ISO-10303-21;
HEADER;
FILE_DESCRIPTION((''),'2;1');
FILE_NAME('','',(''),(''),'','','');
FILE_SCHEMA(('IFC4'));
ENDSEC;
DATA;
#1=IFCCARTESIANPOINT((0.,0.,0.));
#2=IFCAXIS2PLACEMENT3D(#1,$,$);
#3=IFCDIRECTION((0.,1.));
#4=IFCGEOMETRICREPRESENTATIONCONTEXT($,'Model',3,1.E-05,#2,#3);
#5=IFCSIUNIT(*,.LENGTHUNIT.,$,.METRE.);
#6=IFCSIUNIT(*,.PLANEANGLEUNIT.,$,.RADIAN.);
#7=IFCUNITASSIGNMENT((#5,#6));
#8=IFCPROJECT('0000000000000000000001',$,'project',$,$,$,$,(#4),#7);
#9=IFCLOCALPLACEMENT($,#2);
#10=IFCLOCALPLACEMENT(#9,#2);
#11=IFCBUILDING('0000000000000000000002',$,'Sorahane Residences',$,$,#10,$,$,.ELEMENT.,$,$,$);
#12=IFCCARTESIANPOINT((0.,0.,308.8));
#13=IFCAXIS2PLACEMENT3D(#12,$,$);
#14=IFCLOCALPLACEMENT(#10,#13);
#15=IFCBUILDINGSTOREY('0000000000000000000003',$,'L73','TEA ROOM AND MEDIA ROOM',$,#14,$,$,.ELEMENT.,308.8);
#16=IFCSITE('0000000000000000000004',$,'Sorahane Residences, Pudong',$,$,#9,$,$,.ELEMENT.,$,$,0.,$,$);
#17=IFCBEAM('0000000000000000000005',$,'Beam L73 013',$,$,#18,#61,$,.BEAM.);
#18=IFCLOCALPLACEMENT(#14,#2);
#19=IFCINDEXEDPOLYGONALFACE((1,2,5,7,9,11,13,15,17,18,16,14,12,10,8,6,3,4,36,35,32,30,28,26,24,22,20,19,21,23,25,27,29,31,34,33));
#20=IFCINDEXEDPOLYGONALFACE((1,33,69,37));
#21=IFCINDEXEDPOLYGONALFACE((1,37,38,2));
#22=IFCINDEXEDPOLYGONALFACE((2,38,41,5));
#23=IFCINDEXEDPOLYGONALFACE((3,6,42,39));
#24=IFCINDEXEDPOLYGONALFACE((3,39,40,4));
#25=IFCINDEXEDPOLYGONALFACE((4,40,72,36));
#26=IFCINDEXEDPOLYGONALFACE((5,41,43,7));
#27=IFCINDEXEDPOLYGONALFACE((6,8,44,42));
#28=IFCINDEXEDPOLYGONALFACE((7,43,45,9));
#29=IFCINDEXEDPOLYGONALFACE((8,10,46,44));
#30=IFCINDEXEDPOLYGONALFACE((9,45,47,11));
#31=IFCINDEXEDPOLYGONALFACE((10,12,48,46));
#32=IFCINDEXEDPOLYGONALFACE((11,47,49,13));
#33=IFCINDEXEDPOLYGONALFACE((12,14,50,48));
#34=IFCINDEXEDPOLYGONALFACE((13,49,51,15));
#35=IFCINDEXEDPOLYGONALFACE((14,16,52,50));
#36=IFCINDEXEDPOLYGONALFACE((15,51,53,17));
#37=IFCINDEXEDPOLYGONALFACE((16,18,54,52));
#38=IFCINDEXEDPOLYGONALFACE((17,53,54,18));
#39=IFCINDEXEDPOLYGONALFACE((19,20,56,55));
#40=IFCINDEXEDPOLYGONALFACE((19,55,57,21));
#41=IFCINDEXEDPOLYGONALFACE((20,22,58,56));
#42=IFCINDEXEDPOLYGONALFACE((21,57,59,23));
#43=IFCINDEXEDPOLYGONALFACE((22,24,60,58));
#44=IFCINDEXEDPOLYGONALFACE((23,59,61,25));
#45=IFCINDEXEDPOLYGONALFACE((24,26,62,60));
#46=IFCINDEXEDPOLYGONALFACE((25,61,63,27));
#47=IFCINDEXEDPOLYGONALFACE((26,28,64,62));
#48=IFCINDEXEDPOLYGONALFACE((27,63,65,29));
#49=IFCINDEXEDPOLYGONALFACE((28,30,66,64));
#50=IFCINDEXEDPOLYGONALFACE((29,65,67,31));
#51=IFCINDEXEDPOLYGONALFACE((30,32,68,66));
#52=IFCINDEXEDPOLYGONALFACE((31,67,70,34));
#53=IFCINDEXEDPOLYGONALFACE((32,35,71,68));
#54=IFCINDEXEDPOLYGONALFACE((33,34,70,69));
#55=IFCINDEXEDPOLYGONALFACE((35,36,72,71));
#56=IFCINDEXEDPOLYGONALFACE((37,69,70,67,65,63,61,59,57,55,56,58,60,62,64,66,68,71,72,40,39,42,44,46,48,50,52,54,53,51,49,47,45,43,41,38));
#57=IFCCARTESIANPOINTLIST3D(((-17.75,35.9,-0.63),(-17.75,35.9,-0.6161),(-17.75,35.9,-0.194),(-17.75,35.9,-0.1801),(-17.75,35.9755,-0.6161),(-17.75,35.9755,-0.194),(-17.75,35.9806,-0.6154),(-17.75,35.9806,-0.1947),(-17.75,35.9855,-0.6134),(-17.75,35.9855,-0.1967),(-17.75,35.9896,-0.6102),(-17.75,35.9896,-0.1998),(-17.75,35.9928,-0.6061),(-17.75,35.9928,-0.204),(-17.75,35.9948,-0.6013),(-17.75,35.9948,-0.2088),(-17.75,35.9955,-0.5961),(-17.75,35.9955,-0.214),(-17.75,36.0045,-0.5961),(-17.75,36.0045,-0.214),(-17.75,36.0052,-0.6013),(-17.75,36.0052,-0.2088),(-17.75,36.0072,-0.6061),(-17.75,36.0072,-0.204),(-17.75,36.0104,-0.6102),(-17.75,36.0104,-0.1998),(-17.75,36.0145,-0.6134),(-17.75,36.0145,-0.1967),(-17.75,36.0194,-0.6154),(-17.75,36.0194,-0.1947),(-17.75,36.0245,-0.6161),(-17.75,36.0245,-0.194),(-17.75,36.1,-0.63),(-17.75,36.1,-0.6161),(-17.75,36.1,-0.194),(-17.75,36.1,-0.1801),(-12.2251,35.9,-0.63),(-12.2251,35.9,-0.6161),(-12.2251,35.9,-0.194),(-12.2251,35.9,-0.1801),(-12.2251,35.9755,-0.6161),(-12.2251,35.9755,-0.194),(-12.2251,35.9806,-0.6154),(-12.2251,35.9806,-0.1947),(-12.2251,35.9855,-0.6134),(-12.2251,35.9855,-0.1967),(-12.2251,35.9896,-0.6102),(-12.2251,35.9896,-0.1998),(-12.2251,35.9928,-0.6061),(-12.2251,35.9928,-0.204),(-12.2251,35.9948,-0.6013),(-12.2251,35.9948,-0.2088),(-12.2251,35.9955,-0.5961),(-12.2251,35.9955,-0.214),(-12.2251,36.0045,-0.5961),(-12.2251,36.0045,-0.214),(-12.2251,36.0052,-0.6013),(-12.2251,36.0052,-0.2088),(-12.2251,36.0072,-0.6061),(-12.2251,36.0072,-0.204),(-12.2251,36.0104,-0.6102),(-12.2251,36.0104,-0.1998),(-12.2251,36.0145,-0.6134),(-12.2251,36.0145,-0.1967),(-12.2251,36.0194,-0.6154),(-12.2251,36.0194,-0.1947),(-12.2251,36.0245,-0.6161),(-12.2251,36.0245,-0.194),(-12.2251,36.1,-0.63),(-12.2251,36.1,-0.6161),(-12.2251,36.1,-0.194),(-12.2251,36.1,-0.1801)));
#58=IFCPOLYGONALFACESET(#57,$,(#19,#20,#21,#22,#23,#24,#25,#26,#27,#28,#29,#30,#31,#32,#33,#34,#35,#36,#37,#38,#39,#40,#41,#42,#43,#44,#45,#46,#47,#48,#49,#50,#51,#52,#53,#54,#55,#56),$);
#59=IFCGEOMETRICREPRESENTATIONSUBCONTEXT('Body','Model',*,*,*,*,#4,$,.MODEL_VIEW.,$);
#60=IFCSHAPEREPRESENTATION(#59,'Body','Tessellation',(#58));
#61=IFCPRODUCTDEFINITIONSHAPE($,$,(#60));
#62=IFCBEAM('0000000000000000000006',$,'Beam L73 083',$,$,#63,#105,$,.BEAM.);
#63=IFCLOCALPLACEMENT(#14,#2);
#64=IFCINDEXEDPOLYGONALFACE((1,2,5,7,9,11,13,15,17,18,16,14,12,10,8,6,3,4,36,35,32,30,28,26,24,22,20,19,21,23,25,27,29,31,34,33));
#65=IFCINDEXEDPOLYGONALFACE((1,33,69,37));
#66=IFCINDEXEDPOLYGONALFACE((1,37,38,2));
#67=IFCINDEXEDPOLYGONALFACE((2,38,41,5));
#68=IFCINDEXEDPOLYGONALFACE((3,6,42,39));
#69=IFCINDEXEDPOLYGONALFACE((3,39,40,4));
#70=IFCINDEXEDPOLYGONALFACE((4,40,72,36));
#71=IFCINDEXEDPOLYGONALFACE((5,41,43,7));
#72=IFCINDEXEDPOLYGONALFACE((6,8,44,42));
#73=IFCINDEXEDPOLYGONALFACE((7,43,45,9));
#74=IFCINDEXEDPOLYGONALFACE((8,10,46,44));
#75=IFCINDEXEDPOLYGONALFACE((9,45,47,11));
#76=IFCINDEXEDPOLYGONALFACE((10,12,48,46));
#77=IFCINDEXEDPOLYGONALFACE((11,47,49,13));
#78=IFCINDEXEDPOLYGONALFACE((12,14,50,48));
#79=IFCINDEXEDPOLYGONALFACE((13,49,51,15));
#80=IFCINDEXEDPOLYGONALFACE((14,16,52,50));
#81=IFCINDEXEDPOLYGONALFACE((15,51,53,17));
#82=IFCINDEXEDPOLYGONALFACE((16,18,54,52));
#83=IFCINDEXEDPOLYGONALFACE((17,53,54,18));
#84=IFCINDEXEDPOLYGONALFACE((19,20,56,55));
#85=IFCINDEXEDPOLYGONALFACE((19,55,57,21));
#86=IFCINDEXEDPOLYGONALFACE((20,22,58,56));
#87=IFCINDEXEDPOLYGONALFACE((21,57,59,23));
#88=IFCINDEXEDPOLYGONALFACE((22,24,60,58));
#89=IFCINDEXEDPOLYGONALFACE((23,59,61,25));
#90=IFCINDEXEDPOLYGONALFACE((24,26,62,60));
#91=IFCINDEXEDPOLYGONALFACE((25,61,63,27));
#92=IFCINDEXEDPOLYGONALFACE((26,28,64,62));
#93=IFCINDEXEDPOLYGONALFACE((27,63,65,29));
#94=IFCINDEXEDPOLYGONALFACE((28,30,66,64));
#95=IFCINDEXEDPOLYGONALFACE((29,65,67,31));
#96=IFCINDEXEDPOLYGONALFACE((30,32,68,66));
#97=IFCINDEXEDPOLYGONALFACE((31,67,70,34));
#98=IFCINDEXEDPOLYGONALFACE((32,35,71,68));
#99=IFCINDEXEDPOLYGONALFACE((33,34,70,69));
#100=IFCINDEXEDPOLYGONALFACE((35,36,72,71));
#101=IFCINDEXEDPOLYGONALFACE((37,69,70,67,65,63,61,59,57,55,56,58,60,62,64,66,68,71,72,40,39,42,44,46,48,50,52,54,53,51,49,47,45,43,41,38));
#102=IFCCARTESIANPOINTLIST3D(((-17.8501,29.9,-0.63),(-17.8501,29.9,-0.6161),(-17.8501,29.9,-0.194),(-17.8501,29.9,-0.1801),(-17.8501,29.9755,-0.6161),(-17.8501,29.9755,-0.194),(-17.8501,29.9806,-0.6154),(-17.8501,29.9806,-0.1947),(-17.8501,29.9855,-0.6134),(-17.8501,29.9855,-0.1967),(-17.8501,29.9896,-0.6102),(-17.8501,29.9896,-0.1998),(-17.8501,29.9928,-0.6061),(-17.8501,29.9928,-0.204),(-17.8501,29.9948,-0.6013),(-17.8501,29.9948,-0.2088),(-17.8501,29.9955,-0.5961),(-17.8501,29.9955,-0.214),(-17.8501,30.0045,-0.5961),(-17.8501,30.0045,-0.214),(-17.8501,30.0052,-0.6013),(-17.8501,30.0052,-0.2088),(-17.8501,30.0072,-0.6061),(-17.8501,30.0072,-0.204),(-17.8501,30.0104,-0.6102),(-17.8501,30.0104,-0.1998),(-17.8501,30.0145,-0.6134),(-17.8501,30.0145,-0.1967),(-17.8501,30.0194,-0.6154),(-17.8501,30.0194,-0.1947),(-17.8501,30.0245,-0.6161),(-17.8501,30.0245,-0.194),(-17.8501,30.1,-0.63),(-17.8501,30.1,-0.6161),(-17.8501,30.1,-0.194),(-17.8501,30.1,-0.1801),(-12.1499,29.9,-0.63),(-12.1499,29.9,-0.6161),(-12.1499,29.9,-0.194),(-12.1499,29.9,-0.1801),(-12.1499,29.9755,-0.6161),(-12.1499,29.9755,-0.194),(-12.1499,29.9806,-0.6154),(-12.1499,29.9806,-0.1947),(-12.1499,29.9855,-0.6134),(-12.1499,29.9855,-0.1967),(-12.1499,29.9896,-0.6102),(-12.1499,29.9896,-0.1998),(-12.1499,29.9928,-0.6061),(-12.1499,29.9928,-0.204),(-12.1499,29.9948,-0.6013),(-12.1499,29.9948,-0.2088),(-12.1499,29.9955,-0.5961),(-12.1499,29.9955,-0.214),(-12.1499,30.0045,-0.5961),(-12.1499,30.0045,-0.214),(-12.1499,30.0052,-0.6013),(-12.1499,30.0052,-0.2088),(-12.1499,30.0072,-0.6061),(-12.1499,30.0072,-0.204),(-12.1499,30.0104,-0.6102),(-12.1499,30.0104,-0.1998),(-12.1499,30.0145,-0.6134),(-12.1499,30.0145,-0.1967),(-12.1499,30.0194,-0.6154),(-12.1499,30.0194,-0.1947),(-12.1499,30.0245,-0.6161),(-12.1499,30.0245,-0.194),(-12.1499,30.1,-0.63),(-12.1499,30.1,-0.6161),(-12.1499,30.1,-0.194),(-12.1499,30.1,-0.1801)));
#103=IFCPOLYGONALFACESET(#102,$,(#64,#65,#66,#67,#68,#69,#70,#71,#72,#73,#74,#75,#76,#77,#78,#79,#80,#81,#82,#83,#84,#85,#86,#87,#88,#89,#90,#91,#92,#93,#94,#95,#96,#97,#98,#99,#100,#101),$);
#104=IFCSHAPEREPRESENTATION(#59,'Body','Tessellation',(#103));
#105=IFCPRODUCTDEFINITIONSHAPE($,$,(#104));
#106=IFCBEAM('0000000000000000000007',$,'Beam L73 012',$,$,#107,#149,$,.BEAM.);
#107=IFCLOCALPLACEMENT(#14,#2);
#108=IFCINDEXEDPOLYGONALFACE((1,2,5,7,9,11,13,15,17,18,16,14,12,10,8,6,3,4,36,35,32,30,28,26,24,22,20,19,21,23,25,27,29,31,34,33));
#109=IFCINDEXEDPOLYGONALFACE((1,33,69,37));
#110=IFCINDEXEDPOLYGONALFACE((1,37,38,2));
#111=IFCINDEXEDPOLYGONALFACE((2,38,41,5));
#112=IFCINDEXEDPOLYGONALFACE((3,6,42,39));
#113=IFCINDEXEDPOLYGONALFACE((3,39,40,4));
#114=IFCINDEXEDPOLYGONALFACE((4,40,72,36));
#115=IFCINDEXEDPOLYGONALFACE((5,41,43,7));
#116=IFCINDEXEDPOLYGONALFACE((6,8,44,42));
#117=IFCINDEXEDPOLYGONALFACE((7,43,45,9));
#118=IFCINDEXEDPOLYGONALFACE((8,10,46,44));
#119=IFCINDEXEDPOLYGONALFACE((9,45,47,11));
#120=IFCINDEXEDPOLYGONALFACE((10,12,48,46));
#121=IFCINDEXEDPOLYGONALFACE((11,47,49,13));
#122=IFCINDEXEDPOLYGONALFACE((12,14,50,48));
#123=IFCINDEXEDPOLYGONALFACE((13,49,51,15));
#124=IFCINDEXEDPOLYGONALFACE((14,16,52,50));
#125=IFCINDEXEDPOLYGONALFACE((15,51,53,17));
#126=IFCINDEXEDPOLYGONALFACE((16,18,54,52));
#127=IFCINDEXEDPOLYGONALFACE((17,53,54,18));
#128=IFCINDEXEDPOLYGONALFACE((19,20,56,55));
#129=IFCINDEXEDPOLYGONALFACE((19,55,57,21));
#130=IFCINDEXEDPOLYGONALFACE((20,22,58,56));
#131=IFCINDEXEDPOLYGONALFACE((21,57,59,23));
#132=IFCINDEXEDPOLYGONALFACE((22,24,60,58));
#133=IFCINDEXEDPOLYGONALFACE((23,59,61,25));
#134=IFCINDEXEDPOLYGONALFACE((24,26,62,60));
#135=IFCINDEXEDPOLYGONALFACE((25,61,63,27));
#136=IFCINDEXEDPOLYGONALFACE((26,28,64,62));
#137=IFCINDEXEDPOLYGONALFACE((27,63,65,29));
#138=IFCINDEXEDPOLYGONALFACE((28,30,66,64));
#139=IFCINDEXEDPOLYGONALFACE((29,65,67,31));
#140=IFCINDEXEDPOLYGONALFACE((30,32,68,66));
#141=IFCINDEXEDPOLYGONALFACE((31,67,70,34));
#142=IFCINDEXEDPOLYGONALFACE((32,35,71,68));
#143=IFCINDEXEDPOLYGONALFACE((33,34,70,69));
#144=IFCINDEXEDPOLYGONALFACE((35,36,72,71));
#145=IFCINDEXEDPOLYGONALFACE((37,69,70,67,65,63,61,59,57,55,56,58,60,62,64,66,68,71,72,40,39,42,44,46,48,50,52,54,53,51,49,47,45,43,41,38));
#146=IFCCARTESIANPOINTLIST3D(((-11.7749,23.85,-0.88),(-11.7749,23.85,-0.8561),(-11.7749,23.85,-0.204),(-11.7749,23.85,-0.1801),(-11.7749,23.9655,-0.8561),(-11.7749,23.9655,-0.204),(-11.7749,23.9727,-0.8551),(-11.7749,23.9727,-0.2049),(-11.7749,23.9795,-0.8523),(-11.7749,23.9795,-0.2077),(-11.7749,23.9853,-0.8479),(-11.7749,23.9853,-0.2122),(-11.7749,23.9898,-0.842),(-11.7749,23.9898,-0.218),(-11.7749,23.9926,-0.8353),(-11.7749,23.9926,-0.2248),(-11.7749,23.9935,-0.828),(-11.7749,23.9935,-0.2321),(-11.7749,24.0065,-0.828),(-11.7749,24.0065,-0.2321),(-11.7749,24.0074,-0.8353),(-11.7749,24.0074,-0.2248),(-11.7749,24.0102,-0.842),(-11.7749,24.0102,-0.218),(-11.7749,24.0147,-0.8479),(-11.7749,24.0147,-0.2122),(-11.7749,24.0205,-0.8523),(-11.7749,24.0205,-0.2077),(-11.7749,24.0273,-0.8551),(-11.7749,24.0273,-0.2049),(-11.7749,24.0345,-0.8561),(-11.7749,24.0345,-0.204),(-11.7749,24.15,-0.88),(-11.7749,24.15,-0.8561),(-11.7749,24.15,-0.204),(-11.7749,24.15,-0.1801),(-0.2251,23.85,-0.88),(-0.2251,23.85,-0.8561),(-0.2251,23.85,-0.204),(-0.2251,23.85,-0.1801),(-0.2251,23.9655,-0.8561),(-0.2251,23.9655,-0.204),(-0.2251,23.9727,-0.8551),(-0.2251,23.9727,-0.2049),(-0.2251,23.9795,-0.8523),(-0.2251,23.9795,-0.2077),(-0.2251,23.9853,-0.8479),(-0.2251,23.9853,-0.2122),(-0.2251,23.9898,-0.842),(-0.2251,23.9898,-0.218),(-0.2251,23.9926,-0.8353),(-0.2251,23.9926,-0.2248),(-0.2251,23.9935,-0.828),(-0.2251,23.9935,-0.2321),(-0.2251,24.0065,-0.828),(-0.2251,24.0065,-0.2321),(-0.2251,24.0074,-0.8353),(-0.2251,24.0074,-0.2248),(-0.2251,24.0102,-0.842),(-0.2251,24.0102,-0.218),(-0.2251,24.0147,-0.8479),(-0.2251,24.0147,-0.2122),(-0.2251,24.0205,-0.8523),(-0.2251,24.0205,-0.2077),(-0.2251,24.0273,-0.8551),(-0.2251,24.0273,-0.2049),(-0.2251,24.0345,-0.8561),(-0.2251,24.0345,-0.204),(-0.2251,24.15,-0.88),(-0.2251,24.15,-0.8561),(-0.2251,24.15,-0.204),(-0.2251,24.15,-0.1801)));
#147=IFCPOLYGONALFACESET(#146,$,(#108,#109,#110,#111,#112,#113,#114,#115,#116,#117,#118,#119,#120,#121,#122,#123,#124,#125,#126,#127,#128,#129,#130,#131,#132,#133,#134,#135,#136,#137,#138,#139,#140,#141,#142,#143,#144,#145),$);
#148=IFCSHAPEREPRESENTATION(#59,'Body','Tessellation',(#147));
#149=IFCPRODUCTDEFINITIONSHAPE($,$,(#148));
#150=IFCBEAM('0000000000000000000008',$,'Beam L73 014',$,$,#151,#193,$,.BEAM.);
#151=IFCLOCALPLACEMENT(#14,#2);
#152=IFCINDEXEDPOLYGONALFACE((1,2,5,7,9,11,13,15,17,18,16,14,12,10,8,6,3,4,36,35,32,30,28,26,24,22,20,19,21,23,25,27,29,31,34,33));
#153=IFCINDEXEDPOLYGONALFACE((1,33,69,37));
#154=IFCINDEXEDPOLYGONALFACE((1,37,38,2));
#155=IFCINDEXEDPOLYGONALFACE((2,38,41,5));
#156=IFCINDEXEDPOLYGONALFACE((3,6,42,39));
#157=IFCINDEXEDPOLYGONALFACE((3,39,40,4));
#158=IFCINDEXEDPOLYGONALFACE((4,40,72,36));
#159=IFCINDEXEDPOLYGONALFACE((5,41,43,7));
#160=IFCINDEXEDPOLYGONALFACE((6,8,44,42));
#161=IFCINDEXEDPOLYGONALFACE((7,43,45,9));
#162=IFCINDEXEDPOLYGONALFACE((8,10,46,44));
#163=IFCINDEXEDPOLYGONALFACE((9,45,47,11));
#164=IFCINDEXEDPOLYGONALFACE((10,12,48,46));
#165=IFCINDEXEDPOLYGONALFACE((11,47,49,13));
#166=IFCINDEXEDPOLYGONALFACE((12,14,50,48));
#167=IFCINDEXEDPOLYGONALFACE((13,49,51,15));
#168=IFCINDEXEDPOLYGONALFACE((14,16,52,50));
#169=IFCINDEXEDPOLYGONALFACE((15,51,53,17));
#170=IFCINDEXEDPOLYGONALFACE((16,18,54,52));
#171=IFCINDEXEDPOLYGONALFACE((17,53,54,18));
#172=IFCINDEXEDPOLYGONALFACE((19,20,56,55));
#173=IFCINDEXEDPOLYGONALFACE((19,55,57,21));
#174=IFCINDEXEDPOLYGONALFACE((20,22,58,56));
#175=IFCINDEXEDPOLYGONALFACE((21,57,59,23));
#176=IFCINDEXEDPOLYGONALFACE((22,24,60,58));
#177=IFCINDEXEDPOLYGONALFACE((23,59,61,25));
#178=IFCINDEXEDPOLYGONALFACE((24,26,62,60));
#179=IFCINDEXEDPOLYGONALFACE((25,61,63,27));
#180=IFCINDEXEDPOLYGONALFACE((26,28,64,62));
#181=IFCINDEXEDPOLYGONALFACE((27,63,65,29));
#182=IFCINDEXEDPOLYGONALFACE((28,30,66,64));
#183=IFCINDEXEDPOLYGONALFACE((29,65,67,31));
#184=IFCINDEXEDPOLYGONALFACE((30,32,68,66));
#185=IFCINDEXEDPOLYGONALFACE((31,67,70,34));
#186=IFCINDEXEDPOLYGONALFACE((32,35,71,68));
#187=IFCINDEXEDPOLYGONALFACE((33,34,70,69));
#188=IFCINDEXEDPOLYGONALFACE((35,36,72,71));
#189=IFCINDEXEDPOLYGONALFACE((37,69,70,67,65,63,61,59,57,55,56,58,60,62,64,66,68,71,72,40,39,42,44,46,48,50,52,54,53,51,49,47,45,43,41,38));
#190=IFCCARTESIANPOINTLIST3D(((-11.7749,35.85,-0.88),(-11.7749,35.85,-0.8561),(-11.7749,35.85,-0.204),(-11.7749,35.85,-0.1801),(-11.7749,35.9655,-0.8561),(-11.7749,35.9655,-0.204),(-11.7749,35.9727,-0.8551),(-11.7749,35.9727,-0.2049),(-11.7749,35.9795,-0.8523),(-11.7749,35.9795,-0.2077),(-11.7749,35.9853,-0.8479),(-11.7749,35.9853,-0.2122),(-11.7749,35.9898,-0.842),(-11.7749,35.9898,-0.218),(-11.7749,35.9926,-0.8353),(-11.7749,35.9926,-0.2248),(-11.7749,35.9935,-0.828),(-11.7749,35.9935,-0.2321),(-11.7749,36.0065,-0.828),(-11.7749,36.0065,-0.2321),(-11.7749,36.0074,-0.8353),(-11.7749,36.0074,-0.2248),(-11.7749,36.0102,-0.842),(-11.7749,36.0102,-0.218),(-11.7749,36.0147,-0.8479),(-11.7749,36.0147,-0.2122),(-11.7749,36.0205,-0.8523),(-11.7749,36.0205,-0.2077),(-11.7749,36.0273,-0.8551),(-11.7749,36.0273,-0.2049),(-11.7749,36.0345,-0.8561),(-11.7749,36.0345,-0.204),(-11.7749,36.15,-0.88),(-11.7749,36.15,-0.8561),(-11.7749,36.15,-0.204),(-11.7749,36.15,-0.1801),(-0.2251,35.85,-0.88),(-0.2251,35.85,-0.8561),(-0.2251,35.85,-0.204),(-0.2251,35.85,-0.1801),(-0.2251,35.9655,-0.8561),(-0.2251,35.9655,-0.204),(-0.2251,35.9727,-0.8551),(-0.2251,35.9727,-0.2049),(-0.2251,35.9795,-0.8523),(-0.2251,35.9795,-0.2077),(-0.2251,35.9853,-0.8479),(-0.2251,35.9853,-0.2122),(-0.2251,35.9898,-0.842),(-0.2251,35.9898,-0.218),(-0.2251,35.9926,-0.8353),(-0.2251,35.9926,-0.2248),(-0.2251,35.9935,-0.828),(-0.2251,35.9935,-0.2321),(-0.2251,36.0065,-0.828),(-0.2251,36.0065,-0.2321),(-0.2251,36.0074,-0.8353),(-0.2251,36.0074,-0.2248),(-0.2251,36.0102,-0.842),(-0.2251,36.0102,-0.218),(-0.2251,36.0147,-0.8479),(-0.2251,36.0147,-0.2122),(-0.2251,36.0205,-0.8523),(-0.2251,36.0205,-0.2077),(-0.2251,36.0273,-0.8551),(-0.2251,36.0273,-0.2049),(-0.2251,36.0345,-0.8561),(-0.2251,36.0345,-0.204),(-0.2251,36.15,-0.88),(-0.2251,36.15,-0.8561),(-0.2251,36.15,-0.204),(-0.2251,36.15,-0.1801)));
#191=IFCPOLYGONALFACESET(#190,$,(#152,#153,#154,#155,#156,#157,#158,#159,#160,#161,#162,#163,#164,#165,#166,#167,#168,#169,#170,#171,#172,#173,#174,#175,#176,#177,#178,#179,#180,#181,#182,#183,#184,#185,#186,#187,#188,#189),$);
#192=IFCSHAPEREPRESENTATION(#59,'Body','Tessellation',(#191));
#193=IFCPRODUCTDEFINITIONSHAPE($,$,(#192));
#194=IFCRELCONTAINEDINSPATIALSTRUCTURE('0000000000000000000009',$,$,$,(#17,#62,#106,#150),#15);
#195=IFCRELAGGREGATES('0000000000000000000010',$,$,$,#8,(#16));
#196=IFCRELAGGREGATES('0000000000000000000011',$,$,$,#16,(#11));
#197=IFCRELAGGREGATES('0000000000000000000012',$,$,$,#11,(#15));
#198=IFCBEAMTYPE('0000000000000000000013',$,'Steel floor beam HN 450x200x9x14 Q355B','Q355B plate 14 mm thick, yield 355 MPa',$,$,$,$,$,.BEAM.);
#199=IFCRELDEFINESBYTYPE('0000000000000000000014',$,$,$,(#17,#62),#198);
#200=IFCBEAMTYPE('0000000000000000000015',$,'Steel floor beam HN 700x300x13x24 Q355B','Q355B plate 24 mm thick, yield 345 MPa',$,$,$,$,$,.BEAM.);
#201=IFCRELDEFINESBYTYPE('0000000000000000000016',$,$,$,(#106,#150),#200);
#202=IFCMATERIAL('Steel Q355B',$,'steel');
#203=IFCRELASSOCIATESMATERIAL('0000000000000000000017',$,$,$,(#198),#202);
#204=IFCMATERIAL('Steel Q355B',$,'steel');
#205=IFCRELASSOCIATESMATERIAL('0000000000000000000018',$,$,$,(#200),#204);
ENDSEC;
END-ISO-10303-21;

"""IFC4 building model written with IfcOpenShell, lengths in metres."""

from ifc_helpers import new_model, si_unit, direction, frame, origin, origin_2d, place, context, subcontext, project, spatial, i_section, extrude, material, material_profile, profile_set, type_object, element, save


model = new_model("IFC4")

# Units and contexts
model_context = context("Model", 3, precision=1e-05, world=origin(), true_north=direction((0.0, 1.0)))
body_context = subcontext(model_context, "Body", "Model", "MODEL_VIEW")
ifc_project = project(units=[si_unit("LENGTHUNIT", "METRE"), si_unit("PLANEANGLEUNIT", "RADIAN")], contexts=[model_context])

# Site, building, storey
site_placement = place(None, origin())
site = spatial("IfcSite", under=ifc_project, at=site_placement, Name="Sorahane Residences, Pudong", CompositionType="ELEMENT", RefElevation=0.0)
building_placement = place(site_placement, origin())
building = spatial("IfcBuilding", under=site, at=building_placement, Name="Sorahane Residences", CompositionType="ELEMENT")
storey_placement = place(building_placement, frame((0.0, 0.0, 308.8)))
storey = spatial("IfcBuildingStorey", under=building, at=storey_placement, Name="L73", Description="TEA ROOM AND MEDIA ROOM", CompositionType="ELEMENT", Elevation=308.8)

# Beams
ifc_material_1 = material(Name="Steel Q355B", Category="steel")
ifc_material_profile_1 = material_profile(ifc_material_1, i_section(OverallWidth=0.2, OverallDepth=0.45, WebThickness=0.009, FlangeThickness=0.0139, FilletRadius=0.02, at=origin_2d()), Name="HN 450x200x9x14")
ifc_profile_set_1 = profile_set([ifc_material_profile_1], Name="Steel Q355B")
beam_type_1 = type_object("IfcBeamType", Name="Steel floor beam HN 450x200x9x14 Q355B", Description="Q355B plate 14 mm thick, yield 355 MPa", PredefinedType="BEAM", material=ifc_profile_set_1)
for number, where, z_axis, x_axis, name in (
    (1, (-17.75, 36.0, -0.405), (1.0, 0.0, 0.0), (0.0, 1.0, 0.0), "Beam L73 013"),
):
    element("IfcBeam", number, at=place(storey_placement, frame(where, z_axis=z_axis, x_axis=x_axis)), inside=storey, type_object=beam_type_1, Name=name, PredefinedType="BEAM", context=body_context, shape_type="SweptSolid", body=[
        extrude(i_section(OverallWidth=0.2, OverallDepth=0.45, WebThickness=0.009, FlangeThickness=0.0139, FilletRadius=0.02, at=origin_2d()), origin(), (0.0, 0.0, 1.0), 5.5249),
    ])
beam_1_placement = place(storey_placement, frame((-17.8501, 30.0, -0.405), z_axis=(1.0, 0.0, 0.0), x_axis=(0.0, 1.0, 0.0)))
element("IfcBeam", 2, at=beam_1_placement, inside=storey, type_object=beam_type_1, Name="Beam L73 083", PredefinedType="BEAM", context=body_context, shape_type="SweptSolid", body=[
    extrude(i_section(OverallWidth=0.2, OverallDepth=0.45, WebThickness=0.009, FlangeThickness=0.0139, FilletRadius=0.02, at=origin_2d()), origin(), (0.0, 0.0, 1.0), 5.7002),
])
ifc_material_2 = material(Name="Steel Q355B", Category="steel")
ifc_material_profile_2 = material_profile(ifc_material_2, i_section(OverallWidth=0.3, OverallDepth=0.7, WebThickness=0.0129, FlangeThickness=0.0239, FilletRadius=0.0281, at=origin_2d()), Name="HN 700x300x13x24")
ifc_profile_set_2 = profile_set([ifc_material_profile_2], Name="Steel Q355B")
beam_type_2 = type_object("IfcBeamType", Name="Steel floor beam HN 700x300x13x24 Q355B", Description="Q355B plate 24 mm thick, yield 345 MPa", PredefinedType="BEAM", material=ifc_profile_set_2)
for number, where, z_axis, x_axis, name in (
    (3, (-11.7749, 24.0, -0.53), (1.0, 0.0, 0.0), (0.0, 1.0, 0.0), "Beam L73 012"),
    (4, (-11.7749, 36.0, -0.53), (1.0, 0.0, 0.0), (0.0, 1.0, 0.0), "Beam L73 014"),
):
    element("IfcBeam", number, at=place(storey_placement, frame(where, z_axis=z_axis, x_axis=x_axis)), inside=storey, type_object=beam_type_2, Name=name, PredefinedType="BEAM", context=body_context, shape_type="SweptSolid", body=[
        extrude(i_section(OverallWidth=0.3, OverallDepth=0.7, WebThickness=0.0129, FlangeThickness=0.0239, FilletRadius=0.0281, at=origin_2d()), origin(), (0.0, 0.0, 1.0), 11.5498),
    ])

save(model, "model.ifc")
